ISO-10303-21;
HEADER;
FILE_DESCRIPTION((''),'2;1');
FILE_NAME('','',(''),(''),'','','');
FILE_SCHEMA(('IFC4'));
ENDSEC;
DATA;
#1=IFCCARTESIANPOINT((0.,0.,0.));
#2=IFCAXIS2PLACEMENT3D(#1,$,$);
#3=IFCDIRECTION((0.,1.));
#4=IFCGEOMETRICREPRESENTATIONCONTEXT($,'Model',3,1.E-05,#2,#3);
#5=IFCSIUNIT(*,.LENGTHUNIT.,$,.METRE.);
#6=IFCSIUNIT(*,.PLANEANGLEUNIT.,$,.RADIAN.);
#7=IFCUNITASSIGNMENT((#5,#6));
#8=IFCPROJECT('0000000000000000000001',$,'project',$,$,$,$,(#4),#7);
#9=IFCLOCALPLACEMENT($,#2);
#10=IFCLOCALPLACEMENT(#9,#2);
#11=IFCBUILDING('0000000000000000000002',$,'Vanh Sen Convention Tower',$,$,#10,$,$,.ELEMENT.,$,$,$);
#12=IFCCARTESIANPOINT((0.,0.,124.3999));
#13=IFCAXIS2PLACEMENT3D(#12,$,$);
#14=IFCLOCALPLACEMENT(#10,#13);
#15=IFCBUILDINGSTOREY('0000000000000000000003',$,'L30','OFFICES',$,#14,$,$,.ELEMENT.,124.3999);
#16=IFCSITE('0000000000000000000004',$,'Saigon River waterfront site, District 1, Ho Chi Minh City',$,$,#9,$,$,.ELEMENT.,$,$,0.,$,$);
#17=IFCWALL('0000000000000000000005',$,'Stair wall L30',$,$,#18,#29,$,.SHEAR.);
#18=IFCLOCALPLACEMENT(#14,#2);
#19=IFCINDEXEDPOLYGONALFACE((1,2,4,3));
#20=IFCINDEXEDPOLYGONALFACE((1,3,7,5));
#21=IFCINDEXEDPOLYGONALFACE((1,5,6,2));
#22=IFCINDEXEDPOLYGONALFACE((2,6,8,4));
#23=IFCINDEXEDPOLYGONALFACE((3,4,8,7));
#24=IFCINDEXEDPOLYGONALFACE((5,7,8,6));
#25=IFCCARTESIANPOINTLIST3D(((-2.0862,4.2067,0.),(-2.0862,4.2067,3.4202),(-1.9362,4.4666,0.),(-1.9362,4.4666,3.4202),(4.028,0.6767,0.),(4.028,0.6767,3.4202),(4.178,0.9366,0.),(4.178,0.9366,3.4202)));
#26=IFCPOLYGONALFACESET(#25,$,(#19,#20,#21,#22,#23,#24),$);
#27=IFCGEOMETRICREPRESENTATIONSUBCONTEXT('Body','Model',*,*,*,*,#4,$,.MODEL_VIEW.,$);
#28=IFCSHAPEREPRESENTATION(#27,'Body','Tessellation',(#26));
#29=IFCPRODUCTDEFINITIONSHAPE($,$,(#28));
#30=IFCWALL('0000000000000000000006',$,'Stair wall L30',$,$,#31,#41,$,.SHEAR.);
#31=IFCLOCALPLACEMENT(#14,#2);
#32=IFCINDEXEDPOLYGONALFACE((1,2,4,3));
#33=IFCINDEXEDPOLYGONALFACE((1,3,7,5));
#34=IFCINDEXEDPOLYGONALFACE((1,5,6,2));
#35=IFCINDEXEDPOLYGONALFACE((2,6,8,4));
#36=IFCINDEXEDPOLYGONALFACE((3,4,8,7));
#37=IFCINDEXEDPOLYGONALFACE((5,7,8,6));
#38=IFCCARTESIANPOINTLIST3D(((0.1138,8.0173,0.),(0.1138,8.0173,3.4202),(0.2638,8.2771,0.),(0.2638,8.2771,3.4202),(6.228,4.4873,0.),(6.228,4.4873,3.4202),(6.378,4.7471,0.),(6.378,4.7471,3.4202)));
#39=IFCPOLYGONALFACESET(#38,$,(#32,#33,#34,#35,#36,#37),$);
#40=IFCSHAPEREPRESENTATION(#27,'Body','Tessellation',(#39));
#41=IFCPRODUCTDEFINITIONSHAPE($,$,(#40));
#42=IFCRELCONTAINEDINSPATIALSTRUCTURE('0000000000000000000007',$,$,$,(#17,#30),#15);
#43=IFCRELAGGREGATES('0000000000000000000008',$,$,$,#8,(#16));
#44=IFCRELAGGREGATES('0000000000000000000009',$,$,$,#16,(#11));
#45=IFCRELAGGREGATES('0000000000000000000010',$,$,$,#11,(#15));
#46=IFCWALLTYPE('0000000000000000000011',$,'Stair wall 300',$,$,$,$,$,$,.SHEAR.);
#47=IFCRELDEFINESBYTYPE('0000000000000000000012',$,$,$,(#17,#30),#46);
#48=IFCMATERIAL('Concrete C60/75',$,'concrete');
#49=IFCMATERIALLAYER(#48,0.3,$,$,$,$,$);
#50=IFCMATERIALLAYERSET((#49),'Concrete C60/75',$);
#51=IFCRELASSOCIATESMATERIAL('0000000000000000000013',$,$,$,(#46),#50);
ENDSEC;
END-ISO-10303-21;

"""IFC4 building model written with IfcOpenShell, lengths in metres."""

from ifc_helpers import new_model, si_unit, direction, frame, frame_2d, origin, place, context, subcontext, project, spatial, rectangle, extrude, material, layer, layer_set, type_object, element, save


model = new_model("IFC4")

# Units and contexts
model_context = context("Model", 3, precision=1e-05, world=origin(), true_north=direction((0.0, 1.0)))
body_context = subcontext(model_context, "Body", "Model", "MODEL_VIEW")
ifc_project = project(units=[si_unit("LENGTHUNIT", "METRE"), si_unit("PLANEANGLEUNIT", "RADIAN")], contexts=[model_context])

# Site, building, storey
site_placement = place(None, origin())
site = spatial("IfcSite", under=ifc_project, at=site_placement, Name="Saigon River waterfront site, District 1, Ho Chi Minh City", CompositionType="ELEMENT", RefElevation=0.0)
building_placement = place(site_placement, origin())
building = spatial("IfcBuilding", under=site, at=building_placement, Name="Vanh Sen Convention Tower", CompositionType="ELEMENT")
storey_placement = place(building_placement, frame((0.0, 0.0, 124.3999)))
storey = spatial("IfcBuildingStorey", under=building, at=storey_placement, Name="L30", Description="OFFICES", CompositionType="ELEMENT", Elevation=124.3999)

# Shared definitions
ifc_material_1 = material(Name="Concrete C60/75", Category="concrete")

# Walls
ifc_layer_1 = layer(ifc_material_1, 0.3)
ifc_layer_set_1 = layer_set([ifc_layer_1], Name="Concrete C60/75")
wall_type_1 = type_object("IfcWallType", Name="Stair wall 300", PredefinedType="SHEAR", material=ifc_layer_set_1)
for number, where, z_axis, x_axis, name in (
    (1, (4.103, 0.8066, 0.0), (0.0, 0.0, 1.0), (-0.866028, 0.499996, 0.0), "Stair wall L30"),
    (2, (6.303, 4.6172, 0.0), (0.0, 0.0, 1.0), (-0.866028, 0.499996, 0.0), "Stair wall L30"),
):
    element("IfcWall", number, at=place(storey_placement, frame(where, z_axis=z_axis, x_axis=x_axis)), inside=storey, type_object=wall_type_1, Name=name, PredefinedType="SHEAR", context=body_context, shape_type="SweptSolid", body=[
        extrude(rectangle(XDim=7.0601, YDim=0.3, at=frame_2d((3.53, 0.0))), origin(), (0.0, 0.0, 1.0), 3.4202),
    ])

save(model, "model.ifc")
